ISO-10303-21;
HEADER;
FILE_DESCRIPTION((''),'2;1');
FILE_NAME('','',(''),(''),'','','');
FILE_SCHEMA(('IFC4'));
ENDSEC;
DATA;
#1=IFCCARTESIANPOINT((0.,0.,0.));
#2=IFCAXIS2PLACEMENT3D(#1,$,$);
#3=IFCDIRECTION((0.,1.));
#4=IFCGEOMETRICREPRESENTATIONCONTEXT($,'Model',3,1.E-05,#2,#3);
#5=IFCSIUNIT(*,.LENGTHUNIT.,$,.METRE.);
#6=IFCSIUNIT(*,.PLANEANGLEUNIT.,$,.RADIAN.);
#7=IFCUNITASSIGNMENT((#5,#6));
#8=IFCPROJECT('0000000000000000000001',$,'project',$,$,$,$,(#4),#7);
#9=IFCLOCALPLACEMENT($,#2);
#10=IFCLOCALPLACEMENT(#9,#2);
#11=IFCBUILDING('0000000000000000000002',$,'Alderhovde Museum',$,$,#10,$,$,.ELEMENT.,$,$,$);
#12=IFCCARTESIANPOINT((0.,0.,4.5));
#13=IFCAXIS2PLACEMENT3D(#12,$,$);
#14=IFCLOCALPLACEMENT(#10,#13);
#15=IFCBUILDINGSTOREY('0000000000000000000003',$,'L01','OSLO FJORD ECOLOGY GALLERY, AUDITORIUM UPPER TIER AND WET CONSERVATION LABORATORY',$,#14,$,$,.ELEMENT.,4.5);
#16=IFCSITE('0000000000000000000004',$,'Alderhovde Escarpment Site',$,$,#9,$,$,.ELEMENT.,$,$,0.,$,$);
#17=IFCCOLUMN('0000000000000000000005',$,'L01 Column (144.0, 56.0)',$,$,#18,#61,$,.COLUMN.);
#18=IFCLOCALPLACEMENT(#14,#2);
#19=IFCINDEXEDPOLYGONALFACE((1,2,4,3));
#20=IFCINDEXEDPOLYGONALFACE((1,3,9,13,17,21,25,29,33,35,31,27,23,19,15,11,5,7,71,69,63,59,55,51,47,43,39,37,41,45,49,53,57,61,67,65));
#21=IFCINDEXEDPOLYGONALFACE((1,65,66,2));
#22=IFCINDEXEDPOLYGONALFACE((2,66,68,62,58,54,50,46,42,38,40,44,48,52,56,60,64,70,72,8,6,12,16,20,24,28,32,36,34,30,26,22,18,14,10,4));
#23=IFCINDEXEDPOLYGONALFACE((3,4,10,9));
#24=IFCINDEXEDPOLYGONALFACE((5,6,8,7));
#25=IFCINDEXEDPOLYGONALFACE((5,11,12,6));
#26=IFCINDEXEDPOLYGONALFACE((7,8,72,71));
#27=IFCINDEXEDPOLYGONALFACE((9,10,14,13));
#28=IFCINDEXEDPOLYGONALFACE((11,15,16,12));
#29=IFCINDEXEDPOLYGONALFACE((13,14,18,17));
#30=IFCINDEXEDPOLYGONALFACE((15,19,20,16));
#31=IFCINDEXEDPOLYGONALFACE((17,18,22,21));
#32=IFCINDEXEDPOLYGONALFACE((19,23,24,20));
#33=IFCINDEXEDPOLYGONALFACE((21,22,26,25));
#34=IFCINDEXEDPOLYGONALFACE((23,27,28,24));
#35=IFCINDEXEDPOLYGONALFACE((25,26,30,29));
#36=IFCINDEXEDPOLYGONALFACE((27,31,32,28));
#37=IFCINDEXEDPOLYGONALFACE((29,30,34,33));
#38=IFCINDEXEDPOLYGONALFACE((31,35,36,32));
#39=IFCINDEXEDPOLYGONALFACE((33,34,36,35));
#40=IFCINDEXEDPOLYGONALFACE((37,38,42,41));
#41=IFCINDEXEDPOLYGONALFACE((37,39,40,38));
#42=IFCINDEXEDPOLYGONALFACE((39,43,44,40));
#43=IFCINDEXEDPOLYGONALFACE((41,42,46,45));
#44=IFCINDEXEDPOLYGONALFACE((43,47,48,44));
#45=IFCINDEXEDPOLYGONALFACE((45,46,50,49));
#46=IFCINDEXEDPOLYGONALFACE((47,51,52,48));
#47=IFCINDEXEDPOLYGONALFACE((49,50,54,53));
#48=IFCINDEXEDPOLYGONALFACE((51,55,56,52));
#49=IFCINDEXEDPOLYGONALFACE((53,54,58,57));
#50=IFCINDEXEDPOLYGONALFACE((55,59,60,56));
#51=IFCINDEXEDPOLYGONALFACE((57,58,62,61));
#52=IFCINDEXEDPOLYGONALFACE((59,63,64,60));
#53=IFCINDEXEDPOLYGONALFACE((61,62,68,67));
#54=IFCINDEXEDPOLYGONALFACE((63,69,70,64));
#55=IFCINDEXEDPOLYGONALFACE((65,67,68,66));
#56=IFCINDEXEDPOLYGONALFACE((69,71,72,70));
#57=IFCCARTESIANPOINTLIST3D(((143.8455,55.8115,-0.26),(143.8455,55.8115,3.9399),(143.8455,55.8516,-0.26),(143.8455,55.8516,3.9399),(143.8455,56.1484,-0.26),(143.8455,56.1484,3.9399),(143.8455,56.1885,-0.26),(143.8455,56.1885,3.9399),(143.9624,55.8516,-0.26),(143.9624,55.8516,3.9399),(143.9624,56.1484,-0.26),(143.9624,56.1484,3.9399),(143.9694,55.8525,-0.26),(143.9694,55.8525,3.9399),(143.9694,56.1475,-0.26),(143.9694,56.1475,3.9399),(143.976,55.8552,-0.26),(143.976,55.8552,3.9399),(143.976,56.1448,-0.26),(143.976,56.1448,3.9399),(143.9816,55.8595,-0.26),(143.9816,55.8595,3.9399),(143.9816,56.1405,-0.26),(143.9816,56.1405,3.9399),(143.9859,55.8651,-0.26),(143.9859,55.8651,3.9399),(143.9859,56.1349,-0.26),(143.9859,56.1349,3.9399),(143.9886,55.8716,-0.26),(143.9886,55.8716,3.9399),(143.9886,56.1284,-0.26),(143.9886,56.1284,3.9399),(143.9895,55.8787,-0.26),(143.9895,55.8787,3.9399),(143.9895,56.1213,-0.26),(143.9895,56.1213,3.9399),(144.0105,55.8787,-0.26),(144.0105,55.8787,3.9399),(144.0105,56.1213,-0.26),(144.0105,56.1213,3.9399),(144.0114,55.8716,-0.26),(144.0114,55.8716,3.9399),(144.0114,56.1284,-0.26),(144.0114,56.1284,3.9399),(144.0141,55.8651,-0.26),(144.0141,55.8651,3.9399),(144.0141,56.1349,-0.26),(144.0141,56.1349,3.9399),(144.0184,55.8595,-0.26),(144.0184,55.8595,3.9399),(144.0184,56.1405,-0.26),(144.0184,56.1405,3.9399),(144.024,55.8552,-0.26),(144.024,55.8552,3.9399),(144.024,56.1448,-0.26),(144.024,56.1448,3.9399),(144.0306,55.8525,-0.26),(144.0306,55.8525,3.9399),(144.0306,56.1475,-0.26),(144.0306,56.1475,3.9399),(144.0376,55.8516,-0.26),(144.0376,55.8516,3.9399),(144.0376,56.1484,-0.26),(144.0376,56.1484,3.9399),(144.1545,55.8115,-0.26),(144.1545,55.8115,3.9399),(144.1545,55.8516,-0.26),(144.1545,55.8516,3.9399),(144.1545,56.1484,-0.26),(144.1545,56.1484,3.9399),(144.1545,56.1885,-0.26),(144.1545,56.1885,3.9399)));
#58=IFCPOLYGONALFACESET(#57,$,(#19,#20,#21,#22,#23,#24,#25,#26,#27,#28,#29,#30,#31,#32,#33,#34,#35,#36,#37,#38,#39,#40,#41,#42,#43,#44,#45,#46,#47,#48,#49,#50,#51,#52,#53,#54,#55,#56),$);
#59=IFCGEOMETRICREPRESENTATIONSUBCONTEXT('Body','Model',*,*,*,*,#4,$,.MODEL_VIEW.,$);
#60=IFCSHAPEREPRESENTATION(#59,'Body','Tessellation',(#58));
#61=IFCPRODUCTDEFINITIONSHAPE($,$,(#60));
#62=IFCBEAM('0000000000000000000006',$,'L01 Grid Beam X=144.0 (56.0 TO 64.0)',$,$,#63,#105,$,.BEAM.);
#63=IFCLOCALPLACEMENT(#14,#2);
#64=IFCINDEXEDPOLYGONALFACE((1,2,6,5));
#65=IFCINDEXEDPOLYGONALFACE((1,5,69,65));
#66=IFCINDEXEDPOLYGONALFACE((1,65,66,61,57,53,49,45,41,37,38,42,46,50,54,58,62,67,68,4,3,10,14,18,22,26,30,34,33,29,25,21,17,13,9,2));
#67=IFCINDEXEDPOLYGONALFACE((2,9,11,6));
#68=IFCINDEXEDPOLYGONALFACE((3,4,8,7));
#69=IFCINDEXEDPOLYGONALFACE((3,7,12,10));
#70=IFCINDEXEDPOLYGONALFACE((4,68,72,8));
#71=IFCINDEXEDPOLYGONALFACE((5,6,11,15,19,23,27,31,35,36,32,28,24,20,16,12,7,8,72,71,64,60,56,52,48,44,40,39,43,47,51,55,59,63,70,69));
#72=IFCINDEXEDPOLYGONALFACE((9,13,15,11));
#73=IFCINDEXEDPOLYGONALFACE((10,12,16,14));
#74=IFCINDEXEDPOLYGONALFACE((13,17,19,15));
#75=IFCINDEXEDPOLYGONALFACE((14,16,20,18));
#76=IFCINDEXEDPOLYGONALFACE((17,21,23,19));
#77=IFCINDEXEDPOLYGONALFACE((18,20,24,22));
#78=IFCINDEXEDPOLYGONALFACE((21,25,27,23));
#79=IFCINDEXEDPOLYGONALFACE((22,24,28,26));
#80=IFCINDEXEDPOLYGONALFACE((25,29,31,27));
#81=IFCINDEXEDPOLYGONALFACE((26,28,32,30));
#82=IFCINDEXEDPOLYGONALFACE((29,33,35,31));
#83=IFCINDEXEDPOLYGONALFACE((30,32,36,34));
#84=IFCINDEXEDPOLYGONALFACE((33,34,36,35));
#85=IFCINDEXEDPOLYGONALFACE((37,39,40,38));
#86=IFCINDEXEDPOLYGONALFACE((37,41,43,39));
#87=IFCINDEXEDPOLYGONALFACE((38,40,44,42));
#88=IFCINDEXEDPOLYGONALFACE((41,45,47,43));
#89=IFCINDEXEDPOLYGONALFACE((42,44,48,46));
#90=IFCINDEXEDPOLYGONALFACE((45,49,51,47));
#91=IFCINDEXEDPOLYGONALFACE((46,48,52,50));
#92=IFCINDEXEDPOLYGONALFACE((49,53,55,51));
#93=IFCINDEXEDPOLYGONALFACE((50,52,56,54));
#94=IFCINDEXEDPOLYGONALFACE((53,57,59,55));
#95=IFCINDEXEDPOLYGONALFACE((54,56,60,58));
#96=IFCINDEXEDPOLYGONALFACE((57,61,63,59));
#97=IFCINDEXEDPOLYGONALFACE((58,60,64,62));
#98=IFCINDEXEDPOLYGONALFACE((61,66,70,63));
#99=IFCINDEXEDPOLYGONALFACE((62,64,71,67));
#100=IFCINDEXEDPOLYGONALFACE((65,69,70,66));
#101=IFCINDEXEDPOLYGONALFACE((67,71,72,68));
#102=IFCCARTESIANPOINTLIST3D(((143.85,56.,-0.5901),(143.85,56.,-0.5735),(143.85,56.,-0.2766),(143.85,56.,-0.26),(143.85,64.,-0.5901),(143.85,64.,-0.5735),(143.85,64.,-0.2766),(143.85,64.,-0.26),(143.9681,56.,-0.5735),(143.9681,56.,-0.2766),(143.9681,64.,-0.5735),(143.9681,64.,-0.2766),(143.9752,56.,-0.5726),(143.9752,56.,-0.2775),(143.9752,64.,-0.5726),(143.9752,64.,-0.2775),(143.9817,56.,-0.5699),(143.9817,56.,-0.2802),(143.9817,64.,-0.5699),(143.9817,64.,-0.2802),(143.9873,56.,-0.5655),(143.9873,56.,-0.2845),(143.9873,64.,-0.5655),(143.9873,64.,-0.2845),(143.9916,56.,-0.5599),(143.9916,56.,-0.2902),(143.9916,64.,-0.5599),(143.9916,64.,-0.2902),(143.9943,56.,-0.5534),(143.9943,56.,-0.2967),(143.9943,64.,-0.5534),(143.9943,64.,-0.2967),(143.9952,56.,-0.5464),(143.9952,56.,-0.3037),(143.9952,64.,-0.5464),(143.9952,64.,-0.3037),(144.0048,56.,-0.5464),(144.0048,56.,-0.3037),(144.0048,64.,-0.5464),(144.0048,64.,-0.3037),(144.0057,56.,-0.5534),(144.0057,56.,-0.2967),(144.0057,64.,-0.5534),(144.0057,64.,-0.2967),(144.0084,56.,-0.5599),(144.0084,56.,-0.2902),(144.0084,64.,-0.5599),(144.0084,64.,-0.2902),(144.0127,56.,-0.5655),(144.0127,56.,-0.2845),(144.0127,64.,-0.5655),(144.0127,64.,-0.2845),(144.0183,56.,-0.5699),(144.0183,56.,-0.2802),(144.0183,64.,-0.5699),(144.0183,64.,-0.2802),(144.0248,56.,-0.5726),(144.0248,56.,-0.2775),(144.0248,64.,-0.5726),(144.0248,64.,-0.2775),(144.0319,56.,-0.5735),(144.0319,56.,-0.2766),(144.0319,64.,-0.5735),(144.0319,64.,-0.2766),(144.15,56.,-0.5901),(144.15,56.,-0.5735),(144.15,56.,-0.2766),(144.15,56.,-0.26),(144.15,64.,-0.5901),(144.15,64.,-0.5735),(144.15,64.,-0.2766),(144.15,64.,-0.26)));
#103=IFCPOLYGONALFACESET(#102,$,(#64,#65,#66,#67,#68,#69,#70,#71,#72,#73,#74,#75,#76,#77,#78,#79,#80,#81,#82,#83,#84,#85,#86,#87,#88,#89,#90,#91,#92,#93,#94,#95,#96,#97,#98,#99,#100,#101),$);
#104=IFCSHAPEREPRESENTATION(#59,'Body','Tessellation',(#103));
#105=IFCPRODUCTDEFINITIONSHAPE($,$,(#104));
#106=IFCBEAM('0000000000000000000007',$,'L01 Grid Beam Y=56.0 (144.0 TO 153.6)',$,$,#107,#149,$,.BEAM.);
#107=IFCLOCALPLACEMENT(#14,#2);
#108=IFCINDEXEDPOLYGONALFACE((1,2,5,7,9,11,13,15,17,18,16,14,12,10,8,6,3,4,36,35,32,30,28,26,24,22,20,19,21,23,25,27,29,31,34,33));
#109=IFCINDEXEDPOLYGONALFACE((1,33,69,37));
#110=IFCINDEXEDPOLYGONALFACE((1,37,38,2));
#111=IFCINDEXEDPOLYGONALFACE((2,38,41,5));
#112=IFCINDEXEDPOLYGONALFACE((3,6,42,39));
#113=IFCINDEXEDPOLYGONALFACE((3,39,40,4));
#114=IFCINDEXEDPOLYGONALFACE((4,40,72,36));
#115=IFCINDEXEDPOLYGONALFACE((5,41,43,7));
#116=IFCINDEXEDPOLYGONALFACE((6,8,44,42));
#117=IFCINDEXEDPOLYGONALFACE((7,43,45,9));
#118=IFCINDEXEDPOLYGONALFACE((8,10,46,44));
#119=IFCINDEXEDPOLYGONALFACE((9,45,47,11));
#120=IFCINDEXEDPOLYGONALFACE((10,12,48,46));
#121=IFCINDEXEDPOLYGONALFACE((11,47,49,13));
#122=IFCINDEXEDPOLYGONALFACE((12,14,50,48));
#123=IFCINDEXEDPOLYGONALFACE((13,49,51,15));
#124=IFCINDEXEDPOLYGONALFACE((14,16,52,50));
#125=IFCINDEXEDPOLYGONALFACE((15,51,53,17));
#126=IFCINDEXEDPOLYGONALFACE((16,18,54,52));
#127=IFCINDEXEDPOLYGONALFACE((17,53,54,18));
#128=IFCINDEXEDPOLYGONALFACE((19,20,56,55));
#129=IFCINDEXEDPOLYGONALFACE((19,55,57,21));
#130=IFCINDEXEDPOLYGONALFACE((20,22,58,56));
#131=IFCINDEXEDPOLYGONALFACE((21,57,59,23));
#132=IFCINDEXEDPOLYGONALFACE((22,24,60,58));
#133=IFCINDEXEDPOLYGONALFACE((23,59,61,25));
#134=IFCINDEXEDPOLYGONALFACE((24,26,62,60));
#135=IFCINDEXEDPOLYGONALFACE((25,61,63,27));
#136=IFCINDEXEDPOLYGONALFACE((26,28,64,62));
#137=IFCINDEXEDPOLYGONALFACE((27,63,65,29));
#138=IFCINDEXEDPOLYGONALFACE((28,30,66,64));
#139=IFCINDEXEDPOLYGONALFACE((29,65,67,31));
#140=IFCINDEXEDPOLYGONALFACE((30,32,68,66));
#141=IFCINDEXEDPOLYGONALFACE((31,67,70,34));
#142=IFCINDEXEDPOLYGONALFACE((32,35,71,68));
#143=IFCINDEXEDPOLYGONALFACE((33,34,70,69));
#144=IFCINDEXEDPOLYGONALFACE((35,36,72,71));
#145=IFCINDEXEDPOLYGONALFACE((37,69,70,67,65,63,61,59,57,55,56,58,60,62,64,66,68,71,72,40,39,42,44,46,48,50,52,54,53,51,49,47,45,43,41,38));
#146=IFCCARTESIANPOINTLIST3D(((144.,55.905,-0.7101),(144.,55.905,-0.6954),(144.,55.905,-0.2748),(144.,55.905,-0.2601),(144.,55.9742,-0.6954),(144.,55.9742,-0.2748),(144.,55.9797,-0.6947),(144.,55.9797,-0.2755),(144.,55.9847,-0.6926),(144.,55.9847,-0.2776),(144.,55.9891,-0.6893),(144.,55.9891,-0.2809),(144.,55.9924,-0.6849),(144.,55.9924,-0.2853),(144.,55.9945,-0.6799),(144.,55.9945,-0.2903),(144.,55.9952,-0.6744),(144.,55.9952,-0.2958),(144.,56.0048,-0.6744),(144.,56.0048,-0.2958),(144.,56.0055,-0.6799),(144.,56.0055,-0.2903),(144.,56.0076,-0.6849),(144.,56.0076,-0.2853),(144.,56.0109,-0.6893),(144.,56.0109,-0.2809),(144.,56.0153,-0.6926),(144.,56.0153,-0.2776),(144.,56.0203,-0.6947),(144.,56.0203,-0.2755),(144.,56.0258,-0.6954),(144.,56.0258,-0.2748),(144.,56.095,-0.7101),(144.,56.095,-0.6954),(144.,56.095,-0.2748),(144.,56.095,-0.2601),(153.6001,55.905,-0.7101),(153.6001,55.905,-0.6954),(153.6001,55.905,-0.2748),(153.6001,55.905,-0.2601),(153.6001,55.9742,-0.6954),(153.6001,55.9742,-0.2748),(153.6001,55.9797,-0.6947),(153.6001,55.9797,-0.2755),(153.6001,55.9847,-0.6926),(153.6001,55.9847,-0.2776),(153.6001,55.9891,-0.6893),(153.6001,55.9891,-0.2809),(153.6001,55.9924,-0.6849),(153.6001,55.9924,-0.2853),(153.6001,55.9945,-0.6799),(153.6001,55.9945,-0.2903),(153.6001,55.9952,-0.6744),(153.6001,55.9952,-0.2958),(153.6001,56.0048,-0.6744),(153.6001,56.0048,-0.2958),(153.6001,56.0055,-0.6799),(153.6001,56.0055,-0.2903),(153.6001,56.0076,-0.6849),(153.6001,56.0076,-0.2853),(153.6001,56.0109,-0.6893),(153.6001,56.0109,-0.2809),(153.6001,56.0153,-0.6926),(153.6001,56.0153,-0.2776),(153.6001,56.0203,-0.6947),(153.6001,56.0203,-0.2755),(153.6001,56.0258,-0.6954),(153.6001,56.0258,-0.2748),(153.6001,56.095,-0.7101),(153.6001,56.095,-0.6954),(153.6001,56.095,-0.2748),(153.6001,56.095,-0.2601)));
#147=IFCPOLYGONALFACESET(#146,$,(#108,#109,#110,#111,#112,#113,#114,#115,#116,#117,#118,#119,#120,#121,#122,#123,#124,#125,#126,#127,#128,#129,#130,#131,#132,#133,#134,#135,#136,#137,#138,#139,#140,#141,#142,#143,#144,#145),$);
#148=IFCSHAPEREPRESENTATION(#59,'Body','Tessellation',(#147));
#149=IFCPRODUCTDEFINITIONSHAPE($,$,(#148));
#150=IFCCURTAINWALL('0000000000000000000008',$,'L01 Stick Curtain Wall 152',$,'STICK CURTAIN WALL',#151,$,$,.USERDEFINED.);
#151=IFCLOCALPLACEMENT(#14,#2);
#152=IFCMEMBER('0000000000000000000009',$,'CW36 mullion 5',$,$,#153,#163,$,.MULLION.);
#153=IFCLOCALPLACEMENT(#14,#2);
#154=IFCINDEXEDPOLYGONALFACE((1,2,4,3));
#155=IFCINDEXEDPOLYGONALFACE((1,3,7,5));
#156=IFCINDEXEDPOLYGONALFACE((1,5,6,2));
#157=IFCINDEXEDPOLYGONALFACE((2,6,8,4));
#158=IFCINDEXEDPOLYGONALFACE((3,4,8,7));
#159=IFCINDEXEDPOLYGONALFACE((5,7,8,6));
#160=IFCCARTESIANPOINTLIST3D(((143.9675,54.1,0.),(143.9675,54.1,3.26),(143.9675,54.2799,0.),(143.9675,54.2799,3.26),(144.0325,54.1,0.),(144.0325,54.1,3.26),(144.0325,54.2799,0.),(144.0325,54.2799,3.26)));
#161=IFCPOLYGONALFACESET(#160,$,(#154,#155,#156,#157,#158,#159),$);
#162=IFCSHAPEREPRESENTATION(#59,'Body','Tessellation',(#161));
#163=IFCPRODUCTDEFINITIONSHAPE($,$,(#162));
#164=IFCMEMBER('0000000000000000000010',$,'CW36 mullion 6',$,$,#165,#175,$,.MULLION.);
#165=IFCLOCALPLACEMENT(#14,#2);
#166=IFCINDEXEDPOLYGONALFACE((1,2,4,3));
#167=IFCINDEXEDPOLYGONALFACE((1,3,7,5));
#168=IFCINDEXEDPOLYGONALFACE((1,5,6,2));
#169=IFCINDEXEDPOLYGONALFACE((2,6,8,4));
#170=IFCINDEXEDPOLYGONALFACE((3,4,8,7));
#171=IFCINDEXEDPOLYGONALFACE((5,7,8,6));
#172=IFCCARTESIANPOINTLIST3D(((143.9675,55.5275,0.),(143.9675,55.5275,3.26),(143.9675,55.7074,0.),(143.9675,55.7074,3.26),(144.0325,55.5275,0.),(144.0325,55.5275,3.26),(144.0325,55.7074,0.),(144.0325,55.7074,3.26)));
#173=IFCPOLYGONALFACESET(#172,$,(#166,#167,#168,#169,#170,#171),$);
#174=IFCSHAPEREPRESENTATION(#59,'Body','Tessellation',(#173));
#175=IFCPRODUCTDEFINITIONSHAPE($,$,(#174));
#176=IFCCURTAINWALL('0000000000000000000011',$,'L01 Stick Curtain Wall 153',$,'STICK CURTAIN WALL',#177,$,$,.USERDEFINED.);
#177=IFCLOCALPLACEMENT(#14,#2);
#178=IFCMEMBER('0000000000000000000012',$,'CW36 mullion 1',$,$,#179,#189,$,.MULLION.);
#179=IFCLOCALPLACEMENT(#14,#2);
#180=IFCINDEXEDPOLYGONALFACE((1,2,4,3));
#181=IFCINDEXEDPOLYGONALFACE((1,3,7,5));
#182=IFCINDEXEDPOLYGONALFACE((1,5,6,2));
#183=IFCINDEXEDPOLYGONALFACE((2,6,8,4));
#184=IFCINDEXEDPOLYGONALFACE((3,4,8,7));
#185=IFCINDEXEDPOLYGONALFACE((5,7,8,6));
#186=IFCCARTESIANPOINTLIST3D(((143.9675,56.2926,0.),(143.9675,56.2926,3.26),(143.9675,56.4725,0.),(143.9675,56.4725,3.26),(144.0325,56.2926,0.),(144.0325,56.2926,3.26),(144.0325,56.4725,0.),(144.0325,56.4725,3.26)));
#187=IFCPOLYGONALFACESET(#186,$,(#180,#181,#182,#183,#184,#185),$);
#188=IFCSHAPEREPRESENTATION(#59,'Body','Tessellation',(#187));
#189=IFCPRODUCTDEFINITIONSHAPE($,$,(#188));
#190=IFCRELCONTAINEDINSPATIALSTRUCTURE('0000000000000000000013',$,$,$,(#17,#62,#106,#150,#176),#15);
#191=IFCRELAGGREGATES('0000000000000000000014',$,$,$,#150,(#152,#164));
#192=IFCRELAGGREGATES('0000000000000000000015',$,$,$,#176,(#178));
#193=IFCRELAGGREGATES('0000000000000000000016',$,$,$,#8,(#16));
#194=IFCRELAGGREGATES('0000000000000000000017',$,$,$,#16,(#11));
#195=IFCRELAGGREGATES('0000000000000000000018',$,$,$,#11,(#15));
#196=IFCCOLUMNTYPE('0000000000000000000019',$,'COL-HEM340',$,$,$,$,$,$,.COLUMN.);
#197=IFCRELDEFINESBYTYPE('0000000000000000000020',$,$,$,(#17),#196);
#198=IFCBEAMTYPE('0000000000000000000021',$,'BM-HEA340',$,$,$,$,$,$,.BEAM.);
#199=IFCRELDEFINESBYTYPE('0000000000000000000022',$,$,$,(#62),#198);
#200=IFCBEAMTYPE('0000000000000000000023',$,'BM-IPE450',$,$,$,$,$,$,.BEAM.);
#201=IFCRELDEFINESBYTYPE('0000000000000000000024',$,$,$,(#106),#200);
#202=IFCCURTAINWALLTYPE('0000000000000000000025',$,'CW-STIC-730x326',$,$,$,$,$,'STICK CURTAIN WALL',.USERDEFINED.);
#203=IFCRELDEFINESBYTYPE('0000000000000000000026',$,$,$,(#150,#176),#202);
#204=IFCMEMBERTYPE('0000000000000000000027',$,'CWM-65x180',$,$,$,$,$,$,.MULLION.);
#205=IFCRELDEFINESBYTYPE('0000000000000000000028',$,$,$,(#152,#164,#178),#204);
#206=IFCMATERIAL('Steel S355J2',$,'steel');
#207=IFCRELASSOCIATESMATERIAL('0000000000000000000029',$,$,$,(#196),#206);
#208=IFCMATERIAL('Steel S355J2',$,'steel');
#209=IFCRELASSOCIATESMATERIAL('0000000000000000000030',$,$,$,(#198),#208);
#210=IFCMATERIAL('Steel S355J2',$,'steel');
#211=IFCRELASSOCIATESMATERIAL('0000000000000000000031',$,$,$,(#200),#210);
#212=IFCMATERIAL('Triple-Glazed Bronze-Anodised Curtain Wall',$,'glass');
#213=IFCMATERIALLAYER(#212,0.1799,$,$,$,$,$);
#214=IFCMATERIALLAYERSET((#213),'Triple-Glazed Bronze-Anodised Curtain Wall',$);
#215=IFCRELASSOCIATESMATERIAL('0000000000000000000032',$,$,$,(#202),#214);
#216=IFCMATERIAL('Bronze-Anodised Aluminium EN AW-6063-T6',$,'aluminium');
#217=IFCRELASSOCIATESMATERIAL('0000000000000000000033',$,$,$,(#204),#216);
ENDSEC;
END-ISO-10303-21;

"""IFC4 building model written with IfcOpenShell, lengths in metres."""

from ifc_helpers import new_model, si_unit, direction, frame, origin, origin_2d, place, context, subcontext, project, spatial, rectangle, i_section, extrude, material, layer, layer_set, material_profile, profile_set, type_object, element, aggregate, save


model = new_model("IFC4")

# Units and contexts
model_context = context("Model", 3, precision=1e-05, world=origin(), true_north=direction((0.0, 1.0)))
body_context = subcontext(model_context, "Body", "Model", "MODEL_VIEW")
ifc_project = project(units=[si_unit("LENGTHUNIT", "METRE"), si_unit("PLANEANGLEUNIT", "RADIAN")], contexts=[model_context])

# Site, building, storey
site_placement = place(None, origin())
site = spatial("IfcSite", under=ifc_project, at=site_placement, Name="Alderhovde Escarpment Site", CompositionType="ELEMENT", RefElevation=0.0)
building_placement = place(site_placement, origin())
building = spatial("IfcBuilding", under=site, at=building_placement, Name="Alderhovde Museum", CompositionType="ELEMENT")
storey_placement = place(building_placement, frame((0.0, 0.0, 4.5)))
storey = spatial("IfcBuildingStorey", under=building, at=storey_placement, Name="L01", Description="OSLO FJORD ECOLOGY GALLERY, AUDITORIUM UPPER TIER AND WET CONSERVATION LABORATORY", CompositionType="ELEMENT", Elevation=4.5)

# Column
ifc_material_1 = material(Name="Steel S355J2", Category="steel")
ifc_material_profile_1 = material_profile(ifc_material_1, i_section(OverallWidth=0.3091, OverallDepth=0.377, WebThickness=0.021, FlangeThickness=0.04, FilletRadius=0.0271, at=origin_2d()), Name="HEM 340")
ifc_profile_set_1 = profile_set([ifc_material_profile_1], Name="Steel S355J2")
column_type = type_object("IfcColumnType", Name="COL-HEM340", PredefinedType="COLUMN", material=ifc_profile_set_1)
column_placement = place(storey_placement, frame((144.0, 56.0, -0.26), z_axis=(0.0, 0.0, 1.0), x_axis=(1.0, 0.0, 0.0)))
element("IfcColumn", 1, at=column_placement, inside=storey, type_object=column_type, Name="L01 Column (144.0, 56.0)", PredefinedType="COLUMN", context=body_context, shape_type="SweptSolid", body=[
    extrude(i_section(OverallWidth=0.3091, OverallDepth=0.377, WebThickness=0.021, FlangeThickness=0.04, FilletRadius=0.0271, at=origin_2d()), origin(), (0.0, 0.0, 1.0), 4.2),
])

# Beams
ifc_material_2 = material(Name="Steel S355J2", Category="steel")
ifc_material_profile_2 = material_profile(ifc_material_2, i_section(OverallWidth=0.3, OverallDepth=0.3301, WebThickness=0.0095, FlangeThickness=0.0166, FilletRadius=0.0271, at=origin_2d()), Name="HEA 340")
ifc_profile_set_2 = profile_set([ifc_material_profile_2], Name="Steel S355J2")
beam_type_1 = type_object("IfcBeamType", Name="BM-HEA340", PredefinedType="BEAM", material=ifc_profile_set_2)
beam_1_placement = place(storey_placement, frame((144.0, 56.0, -0.425), z_axis=(0.0, 1.0, 0.0), x_axis=(-1.0, 0.0, 0.0)))
element("IfcBeam", 2, at=beam_1_placement, inside=storey, type_object=beam_type_1, Name="L01 Grid Beam X=144.0 (56.0 TO 64.0)", PredefinedType="BEAM", context=body_context, shape_type="SweptSolid", body=[
    extrude(i_section(OverallWidth=0.3, OverallDepth=0.3301, WebThickness=0.0095, FlangeThickness=0.0166, FilletRadius=0.0271, at=origin_2d()), origin(), (0.0, 0.0, 1.0), 8.0),
])
ifc_material_3 = material(Name="Steel S355J2", Category="steel")
ifc_material_profile_3 = material_profile(ifc_material_3, i_section(OverallWidth=0.1899, OverallDepth=0.45, WebThickness=0.0095, FlangeThickness=0.0146, FilletRadius=0.021, at=origin_2d()), Name="IPE 450")
ifc_profile_set_3 = profile_set([ifc_material_profile_3], Name="Steel S355J2")
beam_type_2 = type_object("IfcBeamType", Name="BM-IPE450", PredefinedType="BEAM", material=ifc_profile_set_3)
beam_2_placement = place(storey_placement, frame((144.0, 56.0, -0.4851), z_axis=(1.0, 0.0, 0.0), x_axis=(0.0, 1.0, 0.0)))
element("IfcBeam", 3, at=beam_2_placement, inside=storey, type_object=beam_type_2, Name="L01 Grid Beam Y=56.0 (144.0 TO 153.6)", PredefinedType="BEAM", context=body_context, shape_type="SweptSolid", body=[
    extrude(i_section(OverallWidth=0.1899, OverallDepth=0.45, WebThickness=0.0095, FlangeThickness=0.0146, FilletRadius=0.021, at=origin_2d()), origin(), (0.0, 0.0, 1.0), 9.6001),
])

# Curtain walls, members
ifc_material_4 = material(Name="Triple-Glazed Bronze-Anodised Curtain Wall", Category="glass")
ifc_layer_1 = layer(ifc_material_4, 0.1799)
ifc_layer_set_1 = layer_set([ifc_layer_1], Name="Triple-Glazed Bronze-Anodised Curtain Wall")
curtain_wall_type = type_object("IfcCurtainWallType", Name="CW-STIC-730x326", ElementType="STICK CURTAIN WALL", PredefinedType="USERDEFINED", material=ifc_layer_set_1)
curtain_wall_1_placement = place(storey_placement, origin())
curtain_wall_1 = element("IfcCurtainWall", 4, at=curtain_wall_1_placement, inside=storey, type_object=curtain_wall_type, Name="L01 Stick Curtain Wall 152", ObjectType="STICK CURTAIN WALL", PredefinedType="USERDEFINED")
ifc_material_5 = material(Name="Bronze-Anodised Aluminium EN AW-6063-T6", Category="aluminium")
ifc_material_profile_4 = material_profile(ifc_material_5, rectangle(XDim=0.0649, YDim=0.1799, at=origin_2d()), Name="MULLION 65x180")
ifc_profile_set_4 = profile_set([ifc_material_profile_4], Name="Bronze-Anodised Aluminium EN AW-6063-T6")
member_type_1 = type_object("IfcMemberType", Name="CWM-65x180", PredefinedType="MULLION", material=ifc_profile_set_4)
member_1_placement = place(storey_placement, frame((144.0, 54.1899, 0.0), z_axis=(0.0, 0.0, 1.0), x_axis=(-1.0, 0.0, 0.0)))
member_1 = element("IfcMember", 5, at=member_1_placement, type_object=member_type_1, Name="CW36 mullion 5", PredefinedType="MULLION", context=body_context, shape_type="SweptSolid", body=[
    extrude(rectangle(XDim=0.0649, YDim=0.1799, at=origin_2d()), origin(), (0.0, 0.0, 1.0), 3.26),
])
member_2_placement = place(storey_placement, frame((144.0, 55.6174, 0.0), z_axis=(0.0, 0.0, 1.0), x_axis=(-1.0, 0.0, 0.0)))
member_2 = element("IfcMember", 6, at=member_2_placement, type_object=member_type_1, Name="CW36 mullion 6", PredefinedType="MULLION", context=body_context, shape_type="SweptSolid", body=[
    extrude(rectangle(XDim=0.0649, YDim=0.1799, at=origin_2d()), origin(), (0.0, 0.0, 1.0), 3.26),
])
curtain_wall_2_placement = place(storey_placement, origin())
curtain_wall_2 = element("IfcCurtainWall", 7, at=curtain_wall_2_placement, inside=storey, type_object=curtain_wall_type, Name="L01 Stick Curtain Wall 153", ObjectType="STICK CURTAIN WALL", PredefinedType="USERDEFINED")
member_3_placement = place(storey_placement, frame((144.0, 56.3826, 0.0), z_axis=(0.0, 0.0, 1.0), x_axis=(-1.0, 0.0, 0.0)))
member_3 = element("IfcMember", 8, at=member_3_placement, type_object=member_type_1, Name="CW36 mullion 1", PredefinedType="MULLION", context=body_context, shape_type="SweptSolid", body=[
    extrude(rectangle(XDim=0.0649, YDim=0.1799, at=origin_2d()), origin(), (0.0, 0.0, 1.0), 3.26),
])

aggregate(curtain_wall_1, [member_1, member_2])
aggregate(curtain_wall_2, [member_3])

save(model, "model.ifc")
